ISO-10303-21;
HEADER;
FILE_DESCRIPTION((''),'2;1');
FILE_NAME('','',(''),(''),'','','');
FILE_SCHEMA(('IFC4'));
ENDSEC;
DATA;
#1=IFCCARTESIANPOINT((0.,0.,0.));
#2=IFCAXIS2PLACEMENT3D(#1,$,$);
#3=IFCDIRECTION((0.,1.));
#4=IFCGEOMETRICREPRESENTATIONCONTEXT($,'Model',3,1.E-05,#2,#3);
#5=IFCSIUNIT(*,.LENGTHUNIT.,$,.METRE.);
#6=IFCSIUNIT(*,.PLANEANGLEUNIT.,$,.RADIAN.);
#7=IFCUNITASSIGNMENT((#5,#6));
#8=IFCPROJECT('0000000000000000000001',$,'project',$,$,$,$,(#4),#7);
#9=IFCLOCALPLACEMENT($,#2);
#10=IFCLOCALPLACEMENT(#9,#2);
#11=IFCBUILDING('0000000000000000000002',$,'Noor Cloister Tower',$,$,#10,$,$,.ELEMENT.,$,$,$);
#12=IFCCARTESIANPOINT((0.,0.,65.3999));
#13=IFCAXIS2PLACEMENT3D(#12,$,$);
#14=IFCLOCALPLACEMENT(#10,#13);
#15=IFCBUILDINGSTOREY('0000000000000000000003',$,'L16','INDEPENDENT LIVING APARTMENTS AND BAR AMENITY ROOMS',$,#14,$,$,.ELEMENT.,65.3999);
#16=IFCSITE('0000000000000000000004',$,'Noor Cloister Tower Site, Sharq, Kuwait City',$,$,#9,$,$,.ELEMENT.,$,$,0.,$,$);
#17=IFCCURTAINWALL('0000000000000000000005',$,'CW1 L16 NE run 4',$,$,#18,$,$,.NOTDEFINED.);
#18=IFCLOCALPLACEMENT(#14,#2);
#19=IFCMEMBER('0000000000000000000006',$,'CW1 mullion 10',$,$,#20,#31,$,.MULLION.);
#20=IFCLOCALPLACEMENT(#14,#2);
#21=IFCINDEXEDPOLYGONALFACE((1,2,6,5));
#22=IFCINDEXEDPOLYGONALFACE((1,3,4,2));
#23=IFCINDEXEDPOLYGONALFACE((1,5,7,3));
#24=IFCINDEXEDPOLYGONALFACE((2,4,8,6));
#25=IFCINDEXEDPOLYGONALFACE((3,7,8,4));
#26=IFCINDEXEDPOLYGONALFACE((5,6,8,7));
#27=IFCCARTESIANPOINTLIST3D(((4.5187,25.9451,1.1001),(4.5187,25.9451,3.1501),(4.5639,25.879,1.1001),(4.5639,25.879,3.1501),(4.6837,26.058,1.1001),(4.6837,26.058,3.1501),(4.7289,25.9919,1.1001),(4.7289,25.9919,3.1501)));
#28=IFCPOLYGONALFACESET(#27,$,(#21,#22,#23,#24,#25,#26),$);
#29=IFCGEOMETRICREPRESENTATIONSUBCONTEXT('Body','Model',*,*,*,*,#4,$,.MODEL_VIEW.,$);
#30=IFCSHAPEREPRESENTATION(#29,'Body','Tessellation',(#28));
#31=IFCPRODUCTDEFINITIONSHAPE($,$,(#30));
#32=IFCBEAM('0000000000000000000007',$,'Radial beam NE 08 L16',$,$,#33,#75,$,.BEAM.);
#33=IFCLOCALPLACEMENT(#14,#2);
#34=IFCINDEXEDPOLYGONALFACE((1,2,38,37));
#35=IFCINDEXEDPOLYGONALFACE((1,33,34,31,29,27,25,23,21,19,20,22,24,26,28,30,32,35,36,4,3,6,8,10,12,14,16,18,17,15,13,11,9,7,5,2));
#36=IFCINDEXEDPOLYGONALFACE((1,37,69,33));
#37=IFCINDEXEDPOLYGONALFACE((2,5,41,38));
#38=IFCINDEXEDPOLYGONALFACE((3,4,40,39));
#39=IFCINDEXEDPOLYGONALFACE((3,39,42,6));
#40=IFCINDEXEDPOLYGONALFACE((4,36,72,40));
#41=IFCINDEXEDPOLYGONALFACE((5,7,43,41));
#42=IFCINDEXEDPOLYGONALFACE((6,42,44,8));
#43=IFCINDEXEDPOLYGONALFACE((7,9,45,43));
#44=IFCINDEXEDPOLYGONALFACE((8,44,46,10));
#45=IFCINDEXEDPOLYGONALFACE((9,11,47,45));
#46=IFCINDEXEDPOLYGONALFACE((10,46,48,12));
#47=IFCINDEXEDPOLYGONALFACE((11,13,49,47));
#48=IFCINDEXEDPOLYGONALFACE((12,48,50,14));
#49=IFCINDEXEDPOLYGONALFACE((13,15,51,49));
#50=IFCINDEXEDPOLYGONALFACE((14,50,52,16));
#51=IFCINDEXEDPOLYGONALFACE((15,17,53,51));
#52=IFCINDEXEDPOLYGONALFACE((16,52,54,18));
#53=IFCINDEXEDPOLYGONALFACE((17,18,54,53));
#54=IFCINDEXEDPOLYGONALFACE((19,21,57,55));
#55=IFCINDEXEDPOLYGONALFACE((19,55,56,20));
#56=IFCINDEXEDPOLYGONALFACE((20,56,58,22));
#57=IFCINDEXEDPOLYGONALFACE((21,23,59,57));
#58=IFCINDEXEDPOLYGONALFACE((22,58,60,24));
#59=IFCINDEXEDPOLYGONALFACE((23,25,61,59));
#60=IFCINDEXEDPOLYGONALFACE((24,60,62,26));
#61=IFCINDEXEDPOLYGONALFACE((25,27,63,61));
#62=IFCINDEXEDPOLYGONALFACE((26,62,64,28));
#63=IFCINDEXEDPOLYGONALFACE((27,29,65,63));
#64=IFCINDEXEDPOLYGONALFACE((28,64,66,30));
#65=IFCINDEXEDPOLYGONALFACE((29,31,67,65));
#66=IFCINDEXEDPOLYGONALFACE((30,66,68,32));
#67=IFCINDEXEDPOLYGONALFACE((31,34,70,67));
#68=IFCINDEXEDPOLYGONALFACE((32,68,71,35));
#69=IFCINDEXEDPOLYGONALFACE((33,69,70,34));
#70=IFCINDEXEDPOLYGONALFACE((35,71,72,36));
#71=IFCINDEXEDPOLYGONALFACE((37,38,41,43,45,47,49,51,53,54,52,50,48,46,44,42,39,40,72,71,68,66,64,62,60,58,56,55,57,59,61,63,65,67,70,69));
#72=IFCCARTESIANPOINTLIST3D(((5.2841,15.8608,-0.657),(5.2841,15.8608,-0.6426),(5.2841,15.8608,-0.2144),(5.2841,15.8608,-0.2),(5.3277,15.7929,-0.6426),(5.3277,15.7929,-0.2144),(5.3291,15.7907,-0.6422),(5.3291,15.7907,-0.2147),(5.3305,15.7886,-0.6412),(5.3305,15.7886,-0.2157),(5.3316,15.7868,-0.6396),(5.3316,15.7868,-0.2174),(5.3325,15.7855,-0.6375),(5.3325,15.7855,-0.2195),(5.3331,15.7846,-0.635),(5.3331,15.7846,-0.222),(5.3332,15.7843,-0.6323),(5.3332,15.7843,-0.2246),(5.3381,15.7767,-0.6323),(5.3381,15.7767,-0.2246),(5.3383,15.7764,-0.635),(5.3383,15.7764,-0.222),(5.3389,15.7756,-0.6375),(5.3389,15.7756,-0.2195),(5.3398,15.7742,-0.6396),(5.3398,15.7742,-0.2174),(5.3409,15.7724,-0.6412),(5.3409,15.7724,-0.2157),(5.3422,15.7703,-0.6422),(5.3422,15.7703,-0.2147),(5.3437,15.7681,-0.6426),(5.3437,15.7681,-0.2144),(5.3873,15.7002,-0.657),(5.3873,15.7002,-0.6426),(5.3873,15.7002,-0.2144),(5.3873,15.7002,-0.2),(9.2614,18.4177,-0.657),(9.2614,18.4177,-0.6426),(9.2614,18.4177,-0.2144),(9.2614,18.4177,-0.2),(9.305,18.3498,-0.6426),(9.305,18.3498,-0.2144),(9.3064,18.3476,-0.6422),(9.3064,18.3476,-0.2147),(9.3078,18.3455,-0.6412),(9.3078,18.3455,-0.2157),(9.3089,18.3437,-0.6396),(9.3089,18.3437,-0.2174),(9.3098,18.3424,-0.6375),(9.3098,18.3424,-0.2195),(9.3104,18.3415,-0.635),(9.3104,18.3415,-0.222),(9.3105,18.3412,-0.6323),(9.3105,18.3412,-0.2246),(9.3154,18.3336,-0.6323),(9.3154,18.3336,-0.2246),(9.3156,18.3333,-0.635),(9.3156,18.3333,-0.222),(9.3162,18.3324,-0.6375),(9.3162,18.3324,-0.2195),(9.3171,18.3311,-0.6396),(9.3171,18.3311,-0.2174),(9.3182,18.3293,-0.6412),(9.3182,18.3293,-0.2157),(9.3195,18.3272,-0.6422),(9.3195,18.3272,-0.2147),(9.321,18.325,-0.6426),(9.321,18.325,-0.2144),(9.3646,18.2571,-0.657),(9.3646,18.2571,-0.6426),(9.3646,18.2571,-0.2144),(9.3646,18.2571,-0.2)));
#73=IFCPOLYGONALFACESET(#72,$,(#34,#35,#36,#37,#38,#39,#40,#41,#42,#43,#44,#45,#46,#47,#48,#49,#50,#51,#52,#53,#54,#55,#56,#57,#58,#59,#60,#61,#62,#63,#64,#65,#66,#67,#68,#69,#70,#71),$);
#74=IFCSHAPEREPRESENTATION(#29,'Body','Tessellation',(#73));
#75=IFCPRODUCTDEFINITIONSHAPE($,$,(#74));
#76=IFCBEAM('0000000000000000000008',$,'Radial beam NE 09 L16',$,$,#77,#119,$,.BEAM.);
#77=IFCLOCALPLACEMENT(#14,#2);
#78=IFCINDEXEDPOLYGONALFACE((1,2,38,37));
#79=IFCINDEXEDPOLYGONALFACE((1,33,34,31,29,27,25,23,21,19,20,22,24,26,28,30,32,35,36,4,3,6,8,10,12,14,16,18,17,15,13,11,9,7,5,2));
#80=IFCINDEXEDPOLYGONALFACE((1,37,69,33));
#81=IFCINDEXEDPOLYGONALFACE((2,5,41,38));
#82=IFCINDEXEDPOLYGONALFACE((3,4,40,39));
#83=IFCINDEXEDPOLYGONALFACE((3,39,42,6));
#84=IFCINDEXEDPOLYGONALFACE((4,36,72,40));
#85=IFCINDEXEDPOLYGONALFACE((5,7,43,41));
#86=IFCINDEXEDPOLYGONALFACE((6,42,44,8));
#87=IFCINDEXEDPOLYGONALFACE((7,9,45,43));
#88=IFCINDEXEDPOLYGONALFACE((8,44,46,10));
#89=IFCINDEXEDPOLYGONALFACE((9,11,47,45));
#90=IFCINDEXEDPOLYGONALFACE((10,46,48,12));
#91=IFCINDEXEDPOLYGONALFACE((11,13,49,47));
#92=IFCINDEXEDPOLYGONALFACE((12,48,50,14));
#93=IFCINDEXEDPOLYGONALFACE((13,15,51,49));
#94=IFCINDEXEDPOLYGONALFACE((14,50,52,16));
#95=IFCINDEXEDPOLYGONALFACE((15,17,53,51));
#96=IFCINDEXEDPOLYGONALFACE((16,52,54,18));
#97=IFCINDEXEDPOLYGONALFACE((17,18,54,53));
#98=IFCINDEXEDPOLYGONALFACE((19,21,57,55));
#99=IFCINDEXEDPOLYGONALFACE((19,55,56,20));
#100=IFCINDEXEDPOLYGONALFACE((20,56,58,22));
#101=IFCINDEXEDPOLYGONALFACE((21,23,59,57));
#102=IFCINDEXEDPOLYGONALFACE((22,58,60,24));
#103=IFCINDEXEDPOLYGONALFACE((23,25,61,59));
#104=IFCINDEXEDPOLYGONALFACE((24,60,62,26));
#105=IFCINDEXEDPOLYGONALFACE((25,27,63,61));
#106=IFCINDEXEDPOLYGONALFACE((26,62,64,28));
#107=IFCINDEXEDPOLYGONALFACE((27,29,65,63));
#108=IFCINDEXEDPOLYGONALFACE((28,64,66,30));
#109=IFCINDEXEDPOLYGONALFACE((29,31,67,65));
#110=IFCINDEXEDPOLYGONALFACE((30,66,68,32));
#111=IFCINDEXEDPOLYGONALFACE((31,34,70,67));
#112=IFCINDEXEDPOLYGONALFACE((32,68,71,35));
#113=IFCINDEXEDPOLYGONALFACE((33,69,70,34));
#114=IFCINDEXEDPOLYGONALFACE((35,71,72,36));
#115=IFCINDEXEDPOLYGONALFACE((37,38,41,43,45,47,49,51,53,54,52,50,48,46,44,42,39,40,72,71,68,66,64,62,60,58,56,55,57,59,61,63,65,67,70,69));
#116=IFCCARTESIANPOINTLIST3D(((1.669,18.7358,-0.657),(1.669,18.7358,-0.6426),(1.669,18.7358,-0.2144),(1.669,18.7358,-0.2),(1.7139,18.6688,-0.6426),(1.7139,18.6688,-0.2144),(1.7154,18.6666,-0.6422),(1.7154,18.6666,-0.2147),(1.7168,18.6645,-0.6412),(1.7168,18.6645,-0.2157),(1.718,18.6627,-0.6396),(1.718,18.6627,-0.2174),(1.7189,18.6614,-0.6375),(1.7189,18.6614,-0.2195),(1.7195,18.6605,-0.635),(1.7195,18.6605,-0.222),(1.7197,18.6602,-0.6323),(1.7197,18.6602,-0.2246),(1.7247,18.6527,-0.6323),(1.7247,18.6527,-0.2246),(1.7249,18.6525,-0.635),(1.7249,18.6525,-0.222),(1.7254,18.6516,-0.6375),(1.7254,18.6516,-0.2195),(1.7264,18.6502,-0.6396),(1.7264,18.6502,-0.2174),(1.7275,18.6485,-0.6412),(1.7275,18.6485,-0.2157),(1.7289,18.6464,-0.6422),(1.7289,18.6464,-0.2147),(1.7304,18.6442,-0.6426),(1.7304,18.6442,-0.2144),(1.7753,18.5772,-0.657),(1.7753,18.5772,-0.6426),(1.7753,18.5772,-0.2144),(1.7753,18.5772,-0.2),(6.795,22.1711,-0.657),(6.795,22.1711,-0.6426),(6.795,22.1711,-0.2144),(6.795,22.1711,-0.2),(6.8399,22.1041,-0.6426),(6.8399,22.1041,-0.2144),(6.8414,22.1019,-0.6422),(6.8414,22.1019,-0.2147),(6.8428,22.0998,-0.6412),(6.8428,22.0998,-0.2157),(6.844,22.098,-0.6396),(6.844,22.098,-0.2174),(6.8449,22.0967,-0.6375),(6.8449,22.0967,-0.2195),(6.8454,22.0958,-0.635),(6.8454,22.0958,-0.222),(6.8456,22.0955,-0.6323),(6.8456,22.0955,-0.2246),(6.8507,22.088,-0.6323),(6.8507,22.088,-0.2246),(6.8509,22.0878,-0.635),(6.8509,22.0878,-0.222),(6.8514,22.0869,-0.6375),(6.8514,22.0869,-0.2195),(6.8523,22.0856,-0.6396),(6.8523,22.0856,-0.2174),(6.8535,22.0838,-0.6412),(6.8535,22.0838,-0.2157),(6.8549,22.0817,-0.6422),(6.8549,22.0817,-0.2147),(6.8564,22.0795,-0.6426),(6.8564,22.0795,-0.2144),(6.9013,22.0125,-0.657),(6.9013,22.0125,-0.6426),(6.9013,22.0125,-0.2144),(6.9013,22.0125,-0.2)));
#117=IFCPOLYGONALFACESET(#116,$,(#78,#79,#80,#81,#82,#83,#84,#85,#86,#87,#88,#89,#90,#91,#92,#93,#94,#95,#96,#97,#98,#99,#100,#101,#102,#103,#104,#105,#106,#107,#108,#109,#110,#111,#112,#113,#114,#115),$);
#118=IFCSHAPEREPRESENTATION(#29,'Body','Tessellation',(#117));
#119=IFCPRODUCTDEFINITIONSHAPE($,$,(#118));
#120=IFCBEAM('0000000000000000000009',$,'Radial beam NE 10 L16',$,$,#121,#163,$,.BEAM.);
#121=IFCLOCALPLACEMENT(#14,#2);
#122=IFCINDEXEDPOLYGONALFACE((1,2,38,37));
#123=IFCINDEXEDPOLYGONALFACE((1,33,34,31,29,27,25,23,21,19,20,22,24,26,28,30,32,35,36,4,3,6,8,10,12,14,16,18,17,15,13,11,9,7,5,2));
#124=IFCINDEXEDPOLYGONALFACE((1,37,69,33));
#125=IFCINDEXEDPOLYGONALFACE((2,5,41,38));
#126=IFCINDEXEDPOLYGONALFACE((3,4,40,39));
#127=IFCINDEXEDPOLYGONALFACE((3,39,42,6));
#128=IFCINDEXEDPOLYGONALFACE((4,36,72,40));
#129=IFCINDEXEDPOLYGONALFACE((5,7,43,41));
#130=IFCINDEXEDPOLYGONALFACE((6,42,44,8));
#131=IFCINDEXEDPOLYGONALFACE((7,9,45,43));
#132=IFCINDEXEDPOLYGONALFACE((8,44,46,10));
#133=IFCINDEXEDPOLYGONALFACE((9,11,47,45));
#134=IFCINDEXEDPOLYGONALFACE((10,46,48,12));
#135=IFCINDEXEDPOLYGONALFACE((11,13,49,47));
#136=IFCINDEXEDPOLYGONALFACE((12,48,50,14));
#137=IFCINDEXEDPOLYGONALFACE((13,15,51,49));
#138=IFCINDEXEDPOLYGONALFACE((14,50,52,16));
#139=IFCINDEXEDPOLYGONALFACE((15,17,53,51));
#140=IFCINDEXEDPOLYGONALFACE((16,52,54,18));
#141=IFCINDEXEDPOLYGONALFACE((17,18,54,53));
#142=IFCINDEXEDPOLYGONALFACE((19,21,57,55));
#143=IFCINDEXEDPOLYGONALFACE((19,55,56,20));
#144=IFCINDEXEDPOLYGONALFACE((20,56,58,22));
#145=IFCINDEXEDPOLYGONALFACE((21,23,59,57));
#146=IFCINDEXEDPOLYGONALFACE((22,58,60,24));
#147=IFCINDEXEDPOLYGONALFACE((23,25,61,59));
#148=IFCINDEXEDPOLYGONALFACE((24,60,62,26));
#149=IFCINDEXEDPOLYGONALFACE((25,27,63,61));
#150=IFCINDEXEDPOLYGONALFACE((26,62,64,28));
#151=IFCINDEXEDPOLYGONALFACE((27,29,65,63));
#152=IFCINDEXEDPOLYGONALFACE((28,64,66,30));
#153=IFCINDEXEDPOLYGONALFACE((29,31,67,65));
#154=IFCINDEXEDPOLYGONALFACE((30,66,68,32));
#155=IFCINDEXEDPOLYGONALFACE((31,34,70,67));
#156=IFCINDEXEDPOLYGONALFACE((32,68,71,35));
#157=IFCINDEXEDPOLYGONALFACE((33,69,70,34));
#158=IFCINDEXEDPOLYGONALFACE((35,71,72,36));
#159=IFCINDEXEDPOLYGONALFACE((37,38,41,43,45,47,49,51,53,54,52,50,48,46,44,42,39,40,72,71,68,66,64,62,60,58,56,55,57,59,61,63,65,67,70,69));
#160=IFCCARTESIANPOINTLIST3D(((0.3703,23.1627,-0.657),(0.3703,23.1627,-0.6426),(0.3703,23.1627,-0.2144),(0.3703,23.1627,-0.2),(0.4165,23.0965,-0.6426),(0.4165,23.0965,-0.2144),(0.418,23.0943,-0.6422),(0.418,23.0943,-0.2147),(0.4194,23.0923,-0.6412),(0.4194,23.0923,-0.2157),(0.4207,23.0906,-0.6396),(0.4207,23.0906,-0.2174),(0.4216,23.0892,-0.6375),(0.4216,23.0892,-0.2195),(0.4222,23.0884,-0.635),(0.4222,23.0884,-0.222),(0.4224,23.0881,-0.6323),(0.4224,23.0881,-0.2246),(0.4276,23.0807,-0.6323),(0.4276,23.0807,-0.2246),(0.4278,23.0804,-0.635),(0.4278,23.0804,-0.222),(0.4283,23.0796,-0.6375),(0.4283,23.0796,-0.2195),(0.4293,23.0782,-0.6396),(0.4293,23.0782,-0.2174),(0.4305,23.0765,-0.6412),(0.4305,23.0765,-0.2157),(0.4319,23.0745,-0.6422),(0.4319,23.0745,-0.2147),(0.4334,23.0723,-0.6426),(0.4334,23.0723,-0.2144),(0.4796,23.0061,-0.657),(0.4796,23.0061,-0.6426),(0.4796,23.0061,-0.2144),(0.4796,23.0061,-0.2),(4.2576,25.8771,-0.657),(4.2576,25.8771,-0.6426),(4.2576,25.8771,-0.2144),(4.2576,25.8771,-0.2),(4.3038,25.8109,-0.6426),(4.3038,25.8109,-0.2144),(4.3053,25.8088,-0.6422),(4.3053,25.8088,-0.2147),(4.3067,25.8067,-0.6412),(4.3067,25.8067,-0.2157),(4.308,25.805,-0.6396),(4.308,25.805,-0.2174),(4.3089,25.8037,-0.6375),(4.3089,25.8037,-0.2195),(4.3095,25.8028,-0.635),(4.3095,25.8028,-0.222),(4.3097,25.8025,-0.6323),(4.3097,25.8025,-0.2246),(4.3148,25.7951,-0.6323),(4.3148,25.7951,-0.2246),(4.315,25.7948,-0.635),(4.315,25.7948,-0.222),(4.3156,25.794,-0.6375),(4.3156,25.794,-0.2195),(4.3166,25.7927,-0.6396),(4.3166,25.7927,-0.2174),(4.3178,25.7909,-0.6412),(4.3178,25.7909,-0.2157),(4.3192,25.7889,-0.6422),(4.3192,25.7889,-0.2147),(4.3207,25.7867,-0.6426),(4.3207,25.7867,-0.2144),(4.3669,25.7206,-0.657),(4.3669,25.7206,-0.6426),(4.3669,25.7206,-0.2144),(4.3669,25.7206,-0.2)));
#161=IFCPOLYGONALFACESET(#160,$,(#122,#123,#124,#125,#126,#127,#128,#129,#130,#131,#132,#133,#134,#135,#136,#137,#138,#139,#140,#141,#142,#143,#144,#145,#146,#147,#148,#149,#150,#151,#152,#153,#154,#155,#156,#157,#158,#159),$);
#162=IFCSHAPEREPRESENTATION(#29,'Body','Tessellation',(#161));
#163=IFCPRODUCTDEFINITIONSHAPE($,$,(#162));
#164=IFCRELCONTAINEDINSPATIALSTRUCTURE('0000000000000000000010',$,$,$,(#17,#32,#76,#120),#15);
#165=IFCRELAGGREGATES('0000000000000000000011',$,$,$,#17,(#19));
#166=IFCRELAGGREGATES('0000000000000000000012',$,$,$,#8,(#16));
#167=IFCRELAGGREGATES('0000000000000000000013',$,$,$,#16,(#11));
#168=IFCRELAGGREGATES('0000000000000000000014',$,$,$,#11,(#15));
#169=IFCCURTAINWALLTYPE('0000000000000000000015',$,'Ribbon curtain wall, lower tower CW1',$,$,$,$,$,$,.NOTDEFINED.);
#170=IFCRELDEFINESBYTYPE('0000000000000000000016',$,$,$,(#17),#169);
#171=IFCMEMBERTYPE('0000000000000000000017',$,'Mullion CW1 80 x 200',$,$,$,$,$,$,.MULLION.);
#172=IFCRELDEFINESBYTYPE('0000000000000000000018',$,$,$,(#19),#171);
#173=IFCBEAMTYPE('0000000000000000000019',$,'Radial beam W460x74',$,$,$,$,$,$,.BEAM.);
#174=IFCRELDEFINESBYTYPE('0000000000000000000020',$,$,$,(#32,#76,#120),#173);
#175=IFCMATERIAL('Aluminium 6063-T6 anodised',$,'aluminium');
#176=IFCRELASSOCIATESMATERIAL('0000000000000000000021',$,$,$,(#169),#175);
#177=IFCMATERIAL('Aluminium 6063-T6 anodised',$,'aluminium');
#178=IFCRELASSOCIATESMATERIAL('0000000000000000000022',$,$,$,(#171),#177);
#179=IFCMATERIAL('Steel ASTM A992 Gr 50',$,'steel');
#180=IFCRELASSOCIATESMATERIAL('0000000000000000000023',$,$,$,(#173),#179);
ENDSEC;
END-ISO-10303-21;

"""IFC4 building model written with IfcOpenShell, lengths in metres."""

from ifc_helpers import new_model, si_unit, direction, frame, origin, origin_2d, place, context, subcontext, project, spatial, rectangle, i_section, extrude, material, material_profile, profile_set, type_object, element, aggregate, save


model = new_model("IFC4")

# Units and contexts
model_context = context("Model", 3, precision=1e-05, world=origin(), true_north=direction((0.0, 1.0)))
body_context = subcontext(model_context, "Body", "Model", "MODEL_VIEW")
ifc_project = project(units=[si_unit("LENGTHUNIT", "METRE"), si_unit("PLANEANGLEUNIT", "RADIAN")], contexts=[model_context])

# Site, building, storey
site_placement = place(None, origin())
site = spatial("IfcSite", under=ifc_project, at=site_placement, Name="Noor Cloister Tower Site, Sharq, Kuwait City", CompositionType="ELEMENT", RefElevation=0.0)
building_placement = place(site_placement, origin())
building = spatial("IfcBuilding", under=site, at=building_placement, Name="Noor Cloister Tower", CompositionType="ELEMENT")
storey_placement = place(building_placement, frame((0.0, 0.0, 65.3999)))
storey = spatial("IfcBuildingStorey", under=building, at=storey_placement, Name="L16", Description="INDEPENDENT LIVING APARTMENTS AND BAR AMENITY ROOMS", CompositionType="ELEMENT", Elevation=65.3999)

# Curtain wall, member
ifc_material_1 = material(Name="Aluminium 6063-T6 anodised", Category="aluminium")
curtain_wall_type = type_object("IfcCurtainWallType", Name="Ribbon curtain wall, lower tower CW1", PredefinedType="NOTDEFINED", material=ifc_material_1)
curtain_wall_placement = place(storey_placement, origin())
curtain_wall = element("IfcCurtainWall", 1, at=curtain_wall_placement, inside=storey, type_object=curtain_wall_type, Name="CW1 L16 NE run 4", PredefinedType="NOTDEFINED")
ifc_material_2 = material(Name="Aluminium 6063-T6 anodised", Category="aluminium")
ifc_material_profile_1 = material_profile(ifc_material_2, rectangle(XDim=0.2, YDim=0.0801, at=origin_2d()), Name="200 x 80 mullion")
ifc_profile_set_1 = profile_set([ifc_material_profile_1], Name="Aluminium 6063-T6 anodised")
member_type = type_object("IfcMemberType", Name="Mullion CW1 80 x 200", PredefinedType="MULLION", material=ifc_profile_set_1)
member_1_placement = place(storey_placement, frame((4.6238, 25.9685, 1.1001), z_axis=(0.0, 0.0, 1.0), x_axis=(-0.825345, -0.564629, 0.0)))
member_1 = element("IfcMember", 2, at=member_1_placement, type_object=member_type, Name="CW1 mullion 10", PredefinedType="MULLION", context=body_context, shape_type="SweptSolid", body=[
    extrude(rectangle(XDim=0.2, YDim=0.0801, at=origin_2d()), origin(), (0.0, 0.0, 1.0), 2.05),
])

# Beams
ifc_material_3 = material(Name="Steel ASTM A992 Gr 50", Category="steel")
ifc_material_profile_2 = material_profile(ifc_material_3, i_section(OverallWidth=0.1909, OverallDepth=0.457, WebThickness=0.009, FlangeThickness=0.0144, FilletRadius=0.0103, at=origin_2d()), Name="W460x74")
ifc_profile_set_2 = profile_set([ifc_material_profile_2], Name="Steel ASTM A992 Gr 50")
beam_type_1 = type_object("IfcBeamType", Name="Radial beam W460x74", PredefinedType="BEAM", material=ifc_profile_set_2)
beam_1_placement = place(storey_placement, frame((9.313, 18.3374, -0.4285), z_axis=(-0.841173, -0.540765, 0.0), x_axis=(0.540765, -0.841173, 0.0)))
element("IfcBeam", 3, at=beam_1_placement, inside=storey, type_object=beam_type_1, Name="Radial beam NE 08 L16", PredefinedType="BEAM", context=body_context, shape_type="SweptSolid", body=[
    extrude(i_section(OverallWidth=0.1909, OverallDepth=0.457, WebThickness=0.009, FlangeThickness=0.0144, FilletRadius=0.0103, at=origin_2d()), origin(), (0.0, 0.0, 1.0), 4.7283),
])
beam_2_placement = place(storey_placement, frame((6.8481, 22.0918, -0.4285), z_axis=(-0.830703, -0.556716, 0.0), x_axis=(0.556716, -0.830703, 0.0)))
element("IfcBeam", 4, at=beam_2_placement, inside=storey, type_object=beam_type_1, Name="Radial beam NE 09 L16", PredefinedType="BEAM", context=body_context, shape_type="SweptSolid", body=[
    extrude(i_section(OverallWidth=0.1909, OverallDepth=0.457, WebThickness=0.009, FlangeThickness=0.0144, FilletRadius=0.0103, at=origin_2d()), origin(), (0.0, 0.0, 1.0), 6.1707),
])
beam_3_placement = place(storey_placement, frame((4.3123, 25.7988, -0.4285), z_axis=(-0.819894, -0.572515, 0.0), x_axis=(0.572515, -0.819894, 0.0)))
element("IfcBeam", 5, at=beam_3_placement, inside=storey, type_object=beam_type_1, Name="Radial beam NE 10 L16", PredefinedType="BEAM", context=body_context, shape_type="SweptSolid", body=[
    extrude(i_section(OverallWidth=0.1909, OverallDepth=0.457, WebThickness=0.009, FlangeThickness=0.0144, FilletRadius=0.0103, at=origin_2d()), origin(), (0.0, 0.0, 1.0), 4.7412),
])

aggregate(curtain_wall, [member_1])

save(model, "model.ifc")
